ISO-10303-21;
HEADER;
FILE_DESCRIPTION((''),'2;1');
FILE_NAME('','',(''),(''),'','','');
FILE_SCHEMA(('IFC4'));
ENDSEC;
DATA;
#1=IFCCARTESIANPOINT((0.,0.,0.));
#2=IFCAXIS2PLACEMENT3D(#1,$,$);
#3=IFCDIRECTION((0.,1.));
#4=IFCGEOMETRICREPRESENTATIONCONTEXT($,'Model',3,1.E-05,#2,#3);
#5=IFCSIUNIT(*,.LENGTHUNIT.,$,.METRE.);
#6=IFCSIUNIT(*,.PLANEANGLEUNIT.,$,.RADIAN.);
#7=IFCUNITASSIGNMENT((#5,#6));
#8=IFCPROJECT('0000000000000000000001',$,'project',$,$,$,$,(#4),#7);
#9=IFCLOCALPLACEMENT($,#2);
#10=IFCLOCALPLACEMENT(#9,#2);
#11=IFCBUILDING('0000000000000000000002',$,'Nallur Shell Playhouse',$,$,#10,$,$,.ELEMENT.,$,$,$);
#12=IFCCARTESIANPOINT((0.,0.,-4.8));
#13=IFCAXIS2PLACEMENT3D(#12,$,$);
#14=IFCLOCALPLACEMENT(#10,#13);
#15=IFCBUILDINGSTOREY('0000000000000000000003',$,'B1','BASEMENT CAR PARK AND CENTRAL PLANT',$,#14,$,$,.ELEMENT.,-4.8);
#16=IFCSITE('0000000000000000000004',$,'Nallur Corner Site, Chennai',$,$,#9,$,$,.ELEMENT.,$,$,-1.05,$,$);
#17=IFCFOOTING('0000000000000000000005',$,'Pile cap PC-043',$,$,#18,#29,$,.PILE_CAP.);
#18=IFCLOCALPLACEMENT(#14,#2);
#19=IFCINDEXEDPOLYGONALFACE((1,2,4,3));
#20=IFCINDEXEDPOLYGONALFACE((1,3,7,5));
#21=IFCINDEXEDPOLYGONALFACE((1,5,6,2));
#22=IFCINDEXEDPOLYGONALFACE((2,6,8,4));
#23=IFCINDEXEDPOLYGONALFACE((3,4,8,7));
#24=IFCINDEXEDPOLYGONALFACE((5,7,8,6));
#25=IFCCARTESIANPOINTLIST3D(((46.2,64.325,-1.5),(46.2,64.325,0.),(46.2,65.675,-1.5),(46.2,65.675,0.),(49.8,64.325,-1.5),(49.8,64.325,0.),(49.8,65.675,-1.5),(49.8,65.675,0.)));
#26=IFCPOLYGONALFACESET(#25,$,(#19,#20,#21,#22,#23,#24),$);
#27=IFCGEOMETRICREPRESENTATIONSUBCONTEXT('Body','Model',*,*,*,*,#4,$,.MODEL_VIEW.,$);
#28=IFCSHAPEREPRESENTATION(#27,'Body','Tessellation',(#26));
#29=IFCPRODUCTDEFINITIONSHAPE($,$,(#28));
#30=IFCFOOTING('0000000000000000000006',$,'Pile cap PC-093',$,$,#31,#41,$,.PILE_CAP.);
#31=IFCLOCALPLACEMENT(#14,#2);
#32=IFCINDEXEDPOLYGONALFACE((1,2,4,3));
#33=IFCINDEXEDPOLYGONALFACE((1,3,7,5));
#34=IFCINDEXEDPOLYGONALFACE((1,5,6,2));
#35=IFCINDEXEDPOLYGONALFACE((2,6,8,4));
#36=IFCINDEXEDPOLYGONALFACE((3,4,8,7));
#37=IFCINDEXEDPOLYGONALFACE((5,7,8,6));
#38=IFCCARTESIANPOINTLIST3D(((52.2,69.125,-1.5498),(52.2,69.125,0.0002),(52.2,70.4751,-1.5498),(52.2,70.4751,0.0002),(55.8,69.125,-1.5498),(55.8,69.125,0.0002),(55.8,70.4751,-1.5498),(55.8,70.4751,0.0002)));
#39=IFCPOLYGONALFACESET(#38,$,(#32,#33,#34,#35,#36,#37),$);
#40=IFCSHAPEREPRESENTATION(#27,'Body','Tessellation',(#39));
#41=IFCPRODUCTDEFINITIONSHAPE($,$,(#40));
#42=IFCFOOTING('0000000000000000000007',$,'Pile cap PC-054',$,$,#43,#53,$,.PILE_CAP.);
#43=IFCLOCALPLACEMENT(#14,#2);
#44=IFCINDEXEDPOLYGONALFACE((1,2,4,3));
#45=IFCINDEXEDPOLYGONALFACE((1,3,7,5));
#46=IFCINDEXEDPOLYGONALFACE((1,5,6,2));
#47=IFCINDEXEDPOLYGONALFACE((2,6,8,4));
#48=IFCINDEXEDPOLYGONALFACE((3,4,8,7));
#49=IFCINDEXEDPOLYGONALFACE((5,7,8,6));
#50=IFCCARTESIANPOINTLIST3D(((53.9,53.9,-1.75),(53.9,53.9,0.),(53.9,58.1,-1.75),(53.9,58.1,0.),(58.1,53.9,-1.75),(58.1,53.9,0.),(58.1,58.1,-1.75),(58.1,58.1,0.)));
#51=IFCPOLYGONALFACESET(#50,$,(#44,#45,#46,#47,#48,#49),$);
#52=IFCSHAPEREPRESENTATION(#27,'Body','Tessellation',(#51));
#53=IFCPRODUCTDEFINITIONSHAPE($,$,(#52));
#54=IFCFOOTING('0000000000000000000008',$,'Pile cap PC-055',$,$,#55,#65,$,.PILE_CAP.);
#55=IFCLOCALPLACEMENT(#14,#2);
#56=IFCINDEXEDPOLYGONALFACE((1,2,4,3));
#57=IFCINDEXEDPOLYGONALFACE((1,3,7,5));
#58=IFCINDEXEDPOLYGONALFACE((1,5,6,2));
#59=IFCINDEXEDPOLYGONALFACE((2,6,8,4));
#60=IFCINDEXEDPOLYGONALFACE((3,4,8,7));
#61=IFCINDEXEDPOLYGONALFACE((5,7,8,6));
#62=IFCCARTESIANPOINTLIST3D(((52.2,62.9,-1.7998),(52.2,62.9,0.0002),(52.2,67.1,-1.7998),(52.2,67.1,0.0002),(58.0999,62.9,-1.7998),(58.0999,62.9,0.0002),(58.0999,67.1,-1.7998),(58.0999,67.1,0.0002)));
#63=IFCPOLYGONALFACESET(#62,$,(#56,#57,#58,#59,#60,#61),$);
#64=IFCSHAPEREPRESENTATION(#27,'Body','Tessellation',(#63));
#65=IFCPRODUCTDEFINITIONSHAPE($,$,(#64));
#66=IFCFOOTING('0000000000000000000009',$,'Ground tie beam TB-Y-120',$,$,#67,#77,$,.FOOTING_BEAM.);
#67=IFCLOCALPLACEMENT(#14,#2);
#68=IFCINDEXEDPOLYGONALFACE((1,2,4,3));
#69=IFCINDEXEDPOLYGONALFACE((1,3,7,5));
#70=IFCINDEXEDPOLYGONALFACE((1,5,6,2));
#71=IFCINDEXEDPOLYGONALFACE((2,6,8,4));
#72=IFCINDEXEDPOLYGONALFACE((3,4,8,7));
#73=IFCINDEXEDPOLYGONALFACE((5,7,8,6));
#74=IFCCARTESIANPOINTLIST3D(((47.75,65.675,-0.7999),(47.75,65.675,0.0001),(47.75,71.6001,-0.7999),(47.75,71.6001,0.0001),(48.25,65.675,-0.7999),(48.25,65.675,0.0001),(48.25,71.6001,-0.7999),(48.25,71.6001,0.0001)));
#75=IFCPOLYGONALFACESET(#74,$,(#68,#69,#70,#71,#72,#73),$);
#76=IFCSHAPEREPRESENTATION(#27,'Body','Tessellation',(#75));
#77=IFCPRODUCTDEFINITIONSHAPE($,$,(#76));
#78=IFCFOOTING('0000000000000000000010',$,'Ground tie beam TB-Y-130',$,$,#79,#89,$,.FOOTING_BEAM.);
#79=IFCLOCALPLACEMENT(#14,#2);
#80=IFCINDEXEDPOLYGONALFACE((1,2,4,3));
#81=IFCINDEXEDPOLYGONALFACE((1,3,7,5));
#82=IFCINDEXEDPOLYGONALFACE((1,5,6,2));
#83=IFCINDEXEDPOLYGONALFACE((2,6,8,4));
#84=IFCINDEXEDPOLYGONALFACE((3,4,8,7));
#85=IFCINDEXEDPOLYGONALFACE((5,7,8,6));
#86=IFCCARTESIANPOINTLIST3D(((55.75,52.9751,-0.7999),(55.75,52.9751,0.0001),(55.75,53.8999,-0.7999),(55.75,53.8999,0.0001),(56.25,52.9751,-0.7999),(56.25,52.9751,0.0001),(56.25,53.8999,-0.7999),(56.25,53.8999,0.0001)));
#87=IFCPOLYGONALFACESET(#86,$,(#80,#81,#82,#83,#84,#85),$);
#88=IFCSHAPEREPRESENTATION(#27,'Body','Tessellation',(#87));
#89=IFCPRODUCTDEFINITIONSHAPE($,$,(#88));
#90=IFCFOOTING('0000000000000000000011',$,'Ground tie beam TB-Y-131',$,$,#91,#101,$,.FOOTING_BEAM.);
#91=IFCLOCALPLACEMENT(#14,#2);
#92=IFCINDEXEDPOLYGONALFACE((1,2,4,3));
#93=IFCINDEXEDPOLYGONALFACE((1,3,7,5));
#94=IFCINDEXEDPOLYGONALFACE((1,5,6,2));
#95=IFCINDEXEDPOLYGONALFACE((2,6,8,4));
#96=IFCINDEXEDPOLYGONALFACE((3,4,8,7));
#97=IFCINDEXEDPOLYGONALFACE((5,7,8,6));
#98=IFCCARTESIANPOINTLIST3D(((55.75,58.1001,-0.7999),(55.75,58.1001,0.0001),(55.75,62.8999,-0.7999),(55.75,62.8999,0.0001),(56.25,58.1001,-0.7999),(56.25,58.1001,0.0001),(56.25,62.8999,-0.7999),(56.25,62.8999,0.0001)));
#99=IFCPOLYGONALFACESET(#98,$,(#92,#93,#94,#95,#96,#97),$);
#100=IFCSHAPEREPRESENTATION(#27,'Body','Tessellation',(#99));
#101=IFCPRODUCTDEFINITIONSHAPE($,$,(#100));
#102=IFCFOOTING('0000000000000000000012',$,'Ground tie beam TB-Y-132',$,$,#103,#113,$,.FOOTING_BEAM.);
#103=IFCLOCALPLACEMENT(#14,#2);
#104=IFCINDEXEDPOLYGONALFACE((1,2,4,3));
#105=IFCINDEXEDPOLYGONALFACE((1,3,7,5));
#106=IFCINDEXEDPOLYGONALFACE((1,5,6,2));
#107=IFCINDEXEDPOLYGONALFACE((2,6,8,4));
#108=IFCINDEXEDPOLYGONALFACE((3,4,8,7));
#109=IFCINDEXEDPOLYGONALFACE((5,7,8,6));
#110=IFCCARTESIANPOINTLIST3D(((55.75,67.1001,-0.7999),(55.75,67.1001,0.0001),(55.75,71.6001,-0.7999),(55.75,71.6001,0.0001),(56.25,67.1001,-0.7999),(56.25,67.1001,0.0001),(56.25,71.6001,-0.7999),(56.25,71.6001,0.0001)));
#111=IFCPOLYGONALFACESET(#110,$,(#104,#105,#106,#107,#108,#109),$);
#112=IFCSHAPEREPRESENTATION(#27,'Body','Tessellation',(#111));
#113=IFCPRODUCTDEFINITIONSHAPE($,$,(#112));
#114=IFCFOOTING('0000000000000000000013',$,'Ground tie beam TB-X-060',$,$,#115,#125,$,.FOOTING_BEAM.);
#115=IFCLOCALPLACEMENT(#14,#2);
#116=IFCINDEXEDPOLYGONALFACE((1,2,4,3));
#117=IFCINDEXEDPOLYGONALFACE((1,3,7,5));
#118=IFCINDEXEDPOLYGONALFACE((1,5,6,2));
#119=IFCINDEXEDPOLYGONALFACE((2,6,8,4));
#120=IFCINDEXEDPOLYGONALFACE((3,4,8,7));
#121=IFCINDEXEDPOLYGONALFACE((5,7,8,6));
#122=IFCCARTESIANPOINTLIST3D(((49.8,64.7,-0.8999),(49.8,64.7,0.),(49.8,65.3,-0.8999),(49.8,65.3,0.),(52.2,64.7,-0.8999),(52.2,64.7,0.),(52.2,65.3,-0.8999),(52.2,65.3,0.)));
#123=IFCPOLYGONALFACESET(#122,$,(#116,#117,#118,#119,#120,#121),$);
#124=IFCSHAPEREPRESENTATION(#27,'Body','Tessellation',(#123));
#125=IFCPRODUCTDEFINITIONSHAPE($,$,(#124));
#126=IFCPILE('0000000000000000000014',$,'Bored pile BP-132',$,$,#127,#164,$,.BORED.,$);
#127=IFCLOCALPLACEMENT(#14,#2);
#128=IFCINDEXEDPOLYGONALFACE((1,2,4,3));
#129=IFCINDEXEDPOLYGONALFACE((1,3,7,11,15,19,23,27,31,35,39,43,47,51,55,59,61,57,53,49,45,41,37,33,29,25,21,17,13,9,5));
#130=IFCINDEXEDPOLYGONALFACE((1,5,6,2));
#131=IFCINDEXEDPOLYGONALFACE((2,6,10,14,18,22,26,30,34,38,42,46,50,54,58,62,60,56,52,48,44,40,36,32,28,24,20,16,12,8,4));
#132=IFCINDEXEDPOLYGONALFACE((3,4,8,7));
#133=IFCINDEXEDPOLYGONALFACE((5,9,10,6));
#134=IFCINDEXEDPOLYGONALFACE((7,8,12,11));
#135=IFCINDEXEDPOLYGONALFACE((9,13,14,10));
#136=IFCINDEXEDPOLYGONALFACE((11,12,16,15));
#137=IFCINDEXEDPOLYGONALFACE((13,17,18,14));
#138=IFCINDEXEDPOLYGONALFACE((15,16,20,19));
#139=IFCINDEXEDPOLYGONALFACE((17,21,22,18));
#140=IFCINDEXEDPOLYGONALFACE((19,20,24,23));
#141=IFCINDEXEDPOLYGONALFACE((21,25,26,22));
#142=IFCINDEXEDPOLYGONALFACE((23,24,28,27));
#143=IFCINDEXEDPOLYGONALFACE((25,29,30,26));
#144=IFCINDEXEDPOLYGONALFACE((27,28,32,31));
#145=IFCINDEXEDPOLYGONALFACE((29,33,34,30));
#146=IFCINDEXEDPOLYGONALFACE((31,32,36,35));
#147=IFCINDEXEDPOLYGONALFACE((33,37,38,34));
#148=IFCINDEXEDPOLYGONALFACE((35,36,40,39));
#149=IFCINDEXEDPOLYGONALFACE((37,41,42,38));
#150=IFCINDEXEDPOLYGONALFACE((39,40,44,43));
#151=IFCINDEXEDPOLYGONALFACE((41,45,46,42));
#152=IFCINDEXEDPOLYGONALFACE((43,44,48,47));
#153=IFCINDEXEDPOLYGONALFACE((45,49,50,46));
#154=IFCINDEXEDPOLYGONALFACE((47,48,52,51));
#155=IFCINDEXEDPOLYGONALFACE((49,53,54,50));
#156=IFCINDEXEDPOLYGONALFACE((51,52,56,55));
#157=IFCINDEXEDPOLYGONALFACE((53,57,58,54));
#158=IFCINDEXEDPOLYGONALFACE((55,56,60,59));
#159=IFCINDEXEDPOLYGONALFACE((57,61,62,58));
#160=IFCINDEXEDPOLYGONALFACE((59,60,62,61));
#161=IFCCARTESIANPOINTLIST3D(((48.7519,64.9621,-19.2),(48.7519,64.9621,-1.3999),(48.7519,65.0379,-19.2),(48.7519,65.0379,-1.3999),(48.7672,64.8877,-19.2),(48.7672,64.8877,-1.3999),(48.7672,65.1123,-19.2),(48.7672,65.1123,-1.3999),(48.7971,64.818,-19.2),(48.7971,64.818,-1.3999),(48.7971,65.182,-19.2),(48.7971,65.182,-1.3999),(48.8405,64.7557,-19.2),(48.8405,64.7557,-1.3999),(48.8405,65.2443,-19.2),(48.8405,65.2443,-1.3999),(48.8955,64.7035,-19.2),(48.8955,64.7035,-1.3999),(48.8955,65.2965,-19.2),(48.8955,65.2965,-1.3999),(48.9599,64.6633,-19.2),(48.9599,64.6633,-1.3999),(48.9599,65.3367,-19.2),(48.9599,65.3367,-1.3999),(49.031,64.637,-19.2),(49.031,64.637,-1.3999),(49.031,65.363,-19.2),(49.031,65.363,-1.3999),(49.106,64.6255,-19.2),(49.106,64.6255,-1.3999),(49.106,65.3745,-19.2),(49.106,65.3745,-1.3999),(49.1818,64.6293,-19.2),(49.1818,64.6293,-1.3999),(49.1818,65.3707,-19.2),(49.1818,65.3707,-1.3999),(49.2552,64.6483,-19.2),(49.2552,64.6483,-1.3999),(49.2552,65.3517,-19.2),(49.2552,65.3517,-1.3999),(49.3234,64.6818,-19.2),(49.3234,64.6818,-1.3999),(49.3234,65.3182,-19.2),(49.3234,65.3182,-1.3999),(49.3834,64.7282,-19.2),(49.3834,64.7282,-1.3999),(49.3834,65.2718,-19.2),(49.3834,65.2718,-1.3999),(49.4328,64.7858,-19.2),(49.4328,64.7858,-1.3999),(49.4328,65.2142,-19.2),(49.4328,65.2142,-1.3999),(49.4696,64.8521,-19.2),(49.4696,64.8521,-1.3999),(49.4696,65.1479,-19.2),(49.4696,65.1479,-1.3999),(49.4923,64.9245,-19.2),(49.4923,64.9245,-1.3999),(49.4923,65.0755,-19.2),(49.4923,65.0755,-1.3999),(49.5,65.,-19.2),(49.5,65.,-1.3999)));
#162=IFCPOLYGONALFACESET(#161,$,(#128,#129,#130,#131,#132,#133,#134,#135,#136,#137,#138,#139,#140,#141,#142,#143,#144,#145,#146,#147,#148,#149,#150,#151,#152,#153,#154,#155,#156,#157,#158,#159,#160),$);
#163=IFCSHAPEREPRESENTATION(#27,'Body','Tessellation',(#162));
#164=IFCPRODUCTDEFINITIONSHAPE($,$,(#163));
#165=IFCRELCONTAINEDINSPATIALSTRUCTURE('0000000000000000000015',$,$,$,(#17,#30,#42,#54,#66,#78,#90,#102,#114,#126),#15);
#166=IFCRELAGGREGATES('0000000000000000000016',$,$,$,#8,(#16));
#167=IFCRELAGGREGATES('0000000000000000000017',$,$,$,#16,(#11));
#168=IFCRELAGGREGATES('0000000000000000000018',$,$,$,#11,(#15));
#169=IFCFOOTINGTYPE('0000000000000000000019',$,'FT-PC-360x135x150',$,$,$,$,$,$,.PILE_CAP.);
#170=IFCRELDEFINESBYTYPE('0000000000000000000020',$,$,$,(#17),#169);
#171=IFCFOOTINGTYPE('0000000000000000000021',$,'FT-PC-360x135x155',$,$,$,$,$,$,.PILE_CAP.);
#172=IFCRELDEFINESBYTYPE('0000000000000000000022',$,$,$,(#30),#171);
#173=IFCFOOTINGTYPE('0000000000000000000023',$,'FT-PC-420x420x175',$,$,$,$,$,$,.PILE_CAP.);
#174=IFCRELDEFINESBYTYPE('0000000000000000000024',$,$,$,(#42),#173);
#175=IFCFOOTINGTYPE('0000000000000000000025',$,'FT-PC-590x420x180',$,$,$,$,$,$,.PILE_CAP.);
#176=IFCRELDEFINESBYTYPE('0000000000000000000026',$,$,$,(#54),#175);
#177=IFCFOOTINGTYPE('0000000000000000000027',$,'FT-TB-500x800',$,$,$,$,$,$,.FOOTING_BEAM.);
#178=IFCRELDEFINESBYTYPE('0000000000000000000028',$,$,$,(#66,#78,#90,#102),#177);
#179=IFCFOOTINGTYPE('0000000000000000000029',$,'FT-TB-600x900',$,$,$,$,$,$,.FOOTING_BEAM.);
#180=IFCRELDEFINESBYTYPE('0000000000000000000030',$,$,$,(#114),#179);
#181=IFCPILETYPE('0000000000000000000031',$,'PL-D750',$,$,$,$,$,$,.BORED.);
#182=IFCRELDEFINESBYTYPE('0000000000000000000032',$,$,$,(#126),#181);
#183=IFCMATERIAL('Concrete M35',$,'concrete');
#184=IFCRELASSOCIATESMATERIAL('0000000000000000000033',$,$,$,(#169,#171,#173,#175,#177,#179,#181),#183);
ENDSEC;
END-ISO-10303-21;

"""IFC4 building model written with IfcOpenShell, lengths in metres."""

from ifc_helpers import new_model, si_unit, direction, frame, origin, origin_2d, place, context, subcontext, project, spatial, rectangle, circle, extrude, material, material_profile, profile_set, type_object, element, save


model = new_model("IFC4")

# Units and contexts
model_context = context("Model", 3, precision=1e-05, world=origin(), true_north=direction((0.0, 1.0)))
body_context = subcontext(model_context, "Body", "Model", "MODEL_VIEW")
ifc_project = project(units=[si_unit("LENGTHUNIT", "METRE"), si_unit("PLANEANGLEUNIT", "RADIAN")], contexts=[model_context])

# Site, building, storey
site_placement = place(None, origin())
site = spatial("IfcSite", under=ifc_project, at=site_placement, Name="Nallur Corner Site, Chennai", CompositionType="ELEMENT", RefElevation=-1.05)
building_placement = place(site_placement, origin())
building = spatial("IfcBuilding", under=site, at=building_placement, Name="Nallur Shell Playhouse", CompositionType="ELEMENT")
storey_placement = place(building_placement, frame((0.0, 0.0, -4.8)))
storey = spatial("IfcBuildingStorey", under=building, at=storey_placement, Name="B1", Description="BASEMENT CAR PARK AND CENTRAL PLANT", CompositionType="ELEMENT", Elevation=-4.8)

# Footings
ifc_material_1 = material(Name="Concrete M35", Category="concrete")
footing_type_1 = type_object("IfcFootingType", Name="FT-PC-360x135x150", PredefinedType="PILE_CAP", material=ifc_material_1)
footing_1_placement = place(storey_placement, frame((48.0, 65.0, -1.5), z_axis=(0.0, 0.0, 1.0), x_axis=(1.0, 0.0, 0.0)))
element("IfcFooting", 1, at=footing_1_placement, inside=storey, type_object=footing_type_1, Name="Pile cap PC-043", PredefinedType="PILE_CAP", context=body_context, shape_type="SweptSolid", body=[
    extrude(rectangle(XDim=3.6001, YDim=1.3501, at=origin_2d()), origin(), (0.0, 0.0, 1.0), 1.5),
])
footing_type_2 = type_object("IfcFootingType", Name="FT-PC-360x135x155", PredefinedType="PILE_CAP", material=ifc_material_1)
footing_2_placement = place(storey_placement, frame((54.0, 69.8, -1.5498), z_axis=(0.0, 0.0, 1.0), x_axis=(1.0, 0.0, 0.0)))
element("IfcFooting", 2, at=footing_2_placement, inside=storey, type_object=footing_type_2, Name="Pile cap PC-093", PredefinedType="PILE_CAP", context=body_context, shape_type="SweptSolid", body=[
    extrude(rectangle(XDim=3.6001, YDim=1.3501, at=origin_2d()), origin(), (0.0, 0.0, 1.0), 1.55),
])
footing_type_3 = type_object("IfcFootingType", Name="FT-PC-420x420x175", PredefinedType="PILE_CAP", material=ifc_material_1)
footing_3_placement = place(storey_placement, frame((56.0, 56.0, -1.75), z_axis=(0.0, 0.0, 1.0), x_axis=(1.0, 0.0, 0.0)))
element("IfcFooting", 3, at=footing_3_placement, inside=storey, type_object=footing_type_3, Name="Pile cap PC-054", PredefinedType="PILE_CAP", context=body_context, shape_type="SweptSolid", body=[
    extrude(rectangle(XDim=4.2, YDim=4.2, at=origin_2d()), origin(), (0.0, 0.0, 1.0), 1.75),
])
footing_type_4 = type_object("IfcFootingType", Name="FT-PC-590x420x180", PredefinedType="PILE_CAP", material=ifc_material_1)
footing_4_placement = place(storey_placement, frame((55.1499, 65.0, -1.7998), z_axis=(0.0, 0.0, 1.0), x_axis=(1.0, 0.0, 0.0)))
element("IfcFooting", 4, at=footing_4_placement, inside=storey, type_object=footing_type_4, Name="Pile cap PC-055", PredefinedType="PILE_CAP", context=body_context, shape_type="SweptSolid", body=[
    extrude(rectangle(XDim=5.8999, YDim=4.2, at=origin_2d()), origin(), (0.0, 0.0, 1.0), 1.8),
])
ifc_material_profile_1 = material_profile(ifc_material_1, rectangle(XDim=0.5, YDim=0.8, at=origin_2d()), Name="RC 500x800")
ifc_profile_set_1 = profile_set([ifc_material_profile_1], Name="Concrete M35")
footing_type_5 = type_object("IfcFootingType", Name="FT-TB-500x800", PredefinedType="FOOTING_BEAM", material=ifc_profile_set_1)
footing_5_placement = place(storey_placement, frame((48.0, 65.675, -0.3999), z_axis=(0.0, 1.0, 0.0), x_axis=(-1.0, 0.0, 0.0)))
element("IfcFooting", 5, at=footing_5_placement, inside=storey, type_object=footing_type_5, Name="Ground tie beam TB-Y-120", PredefinedType="FOOTING_BEAM", context=body_context, shape_type="SweptSolid", body=[
    extrude(rectangle(XDim=0.5, YDim=0.8, at=origin_2d()), origin(), (0.0, 0.0, 1.0), 5.925),
])
footing_6_placement = place(storey_placement, frame((56.0, 52.9751, -0.3999), z_axis=(0.0, 1.0, 0.0), x_axis=(-1.0, 0.0, 0.0)))
element("IfcFooting", 6, at=footing_6_placement, inside=storey, type_object=footing_type_5, Name="Ground tie beam TB-Y-130", PredefinedType="FOOTING_BEAM", context=body_context, shape_type="SweptSolid", body=[
    extrude(rectangle(XDim=0.5, YDim=0.8, at=origin_2d()), origin(), (0.0, 0.0, 1.0), 0.9248),
])
footing_7_placement = place(storey_placement, frame((56.0, 58.1001, -0.3999), z_axis=(0.0, 1.0, 0.0), x_axis=(-1.0, 0.0, 0.0)))
element("IfcFooting", 7, at=footing_7_placement, inside=storey, type_object=footing_type_5, Name="Ground tie beam TB-Y-131", PredefinedType="FOOTING_BEAM", context=body_context, shape_type="SweptSolid", body=[
    extrude(rectangle(XDim=0.5, YDim=0.8, at=origin_2d()), origin(), (0.0, 0.0, 1.0), 4.7998),
])
footing_8_placement = place(storey_placement, frame((56.0, 67.1001, -0.3999), z_axis=(0.0, 1.0, 0.0), x_axis=(-1.0, 0.0, 0.0)))
element("IfcFooting", 8, at=footing_8_placement, inside=storey, type_object=footing_type_5, Name="Ground tie beam TB-Y-132", PredefinedType="FOOTING_BEAM", context=body_context, shape_type="SweptSolid", body=[
    extrude(rectangle(XDim=0.5, YDim=0.8, at=origin_2d()), origin(), (0.0, 0.0, 1.0), 4.5),
])
ifc_material_profile_2 = material_profile(ifc_material_1, rectangle(XDim=0.6001, YDim=0.8999, at=origin_2d()), Name="RC 600x900")
ifc_profile_set_2 = profile_set([ifc_material_profile_2], Name="Concrete M35")
footing_type_6 = type_object("IfcFootingType", Name="FT-TB-600x900", PredefinedType="FOOTING_BEAM", material=ifc_profile_set_2)
footing_9_placement = place(storey_placement, frame((49.8, 65.0, -0.45), z_axis=(1.0, 0.0, 0.0), x_axis=(0.0, 1.0, 0.0)))
element("IfcFooting", 9, at=footing_9_placement, inside=storey, type_object=footing_type_6, Name="Ground tie beam TB-X-060", PredefinedType="FOOTING_BEAM", context=body_context, shape_type="SweptSolid", body=[
    extrude(rectangle(XDim=0.6001, YDim=0.8999, at=origin_2d()), origin(), (0.0, 0.0, 1.0), 2.3999),
])

# Pile
ifc_material_profile_3 = material_profile(ifc_material_1, circle(Radius=0.375, at=origin_2d()), Name="BORED PILE D750")
ifc_profile_set_3 = profile_set([ifc_material_profile_3], Name="Concrete M35")
pile_type_1 = type_object("IfcPileType", Name="PL-D750", PredefinedType="BORED", material=ifc_profile_set_3)
pile_placement = place(storey_placement, frame((49.125, 65.0, -1.3999), z_axis=(0.0, 0.0, -1.0), x_axis=(1.0, 0.0, 0.0)))
element("IfcPile", 10, at=pile_placement, inside=storey, type_object=pile_type_1, Name="Bored pile BP-132", PredefinedType="BORED", context=body_context, shape_type="SweptSolid", body=[
    extrude(circle(Radius=0.375, at=origin_2d()), origin(), (0.0, 0.0, 1.0), 17.8),
])

save(model, "model.ifc")
